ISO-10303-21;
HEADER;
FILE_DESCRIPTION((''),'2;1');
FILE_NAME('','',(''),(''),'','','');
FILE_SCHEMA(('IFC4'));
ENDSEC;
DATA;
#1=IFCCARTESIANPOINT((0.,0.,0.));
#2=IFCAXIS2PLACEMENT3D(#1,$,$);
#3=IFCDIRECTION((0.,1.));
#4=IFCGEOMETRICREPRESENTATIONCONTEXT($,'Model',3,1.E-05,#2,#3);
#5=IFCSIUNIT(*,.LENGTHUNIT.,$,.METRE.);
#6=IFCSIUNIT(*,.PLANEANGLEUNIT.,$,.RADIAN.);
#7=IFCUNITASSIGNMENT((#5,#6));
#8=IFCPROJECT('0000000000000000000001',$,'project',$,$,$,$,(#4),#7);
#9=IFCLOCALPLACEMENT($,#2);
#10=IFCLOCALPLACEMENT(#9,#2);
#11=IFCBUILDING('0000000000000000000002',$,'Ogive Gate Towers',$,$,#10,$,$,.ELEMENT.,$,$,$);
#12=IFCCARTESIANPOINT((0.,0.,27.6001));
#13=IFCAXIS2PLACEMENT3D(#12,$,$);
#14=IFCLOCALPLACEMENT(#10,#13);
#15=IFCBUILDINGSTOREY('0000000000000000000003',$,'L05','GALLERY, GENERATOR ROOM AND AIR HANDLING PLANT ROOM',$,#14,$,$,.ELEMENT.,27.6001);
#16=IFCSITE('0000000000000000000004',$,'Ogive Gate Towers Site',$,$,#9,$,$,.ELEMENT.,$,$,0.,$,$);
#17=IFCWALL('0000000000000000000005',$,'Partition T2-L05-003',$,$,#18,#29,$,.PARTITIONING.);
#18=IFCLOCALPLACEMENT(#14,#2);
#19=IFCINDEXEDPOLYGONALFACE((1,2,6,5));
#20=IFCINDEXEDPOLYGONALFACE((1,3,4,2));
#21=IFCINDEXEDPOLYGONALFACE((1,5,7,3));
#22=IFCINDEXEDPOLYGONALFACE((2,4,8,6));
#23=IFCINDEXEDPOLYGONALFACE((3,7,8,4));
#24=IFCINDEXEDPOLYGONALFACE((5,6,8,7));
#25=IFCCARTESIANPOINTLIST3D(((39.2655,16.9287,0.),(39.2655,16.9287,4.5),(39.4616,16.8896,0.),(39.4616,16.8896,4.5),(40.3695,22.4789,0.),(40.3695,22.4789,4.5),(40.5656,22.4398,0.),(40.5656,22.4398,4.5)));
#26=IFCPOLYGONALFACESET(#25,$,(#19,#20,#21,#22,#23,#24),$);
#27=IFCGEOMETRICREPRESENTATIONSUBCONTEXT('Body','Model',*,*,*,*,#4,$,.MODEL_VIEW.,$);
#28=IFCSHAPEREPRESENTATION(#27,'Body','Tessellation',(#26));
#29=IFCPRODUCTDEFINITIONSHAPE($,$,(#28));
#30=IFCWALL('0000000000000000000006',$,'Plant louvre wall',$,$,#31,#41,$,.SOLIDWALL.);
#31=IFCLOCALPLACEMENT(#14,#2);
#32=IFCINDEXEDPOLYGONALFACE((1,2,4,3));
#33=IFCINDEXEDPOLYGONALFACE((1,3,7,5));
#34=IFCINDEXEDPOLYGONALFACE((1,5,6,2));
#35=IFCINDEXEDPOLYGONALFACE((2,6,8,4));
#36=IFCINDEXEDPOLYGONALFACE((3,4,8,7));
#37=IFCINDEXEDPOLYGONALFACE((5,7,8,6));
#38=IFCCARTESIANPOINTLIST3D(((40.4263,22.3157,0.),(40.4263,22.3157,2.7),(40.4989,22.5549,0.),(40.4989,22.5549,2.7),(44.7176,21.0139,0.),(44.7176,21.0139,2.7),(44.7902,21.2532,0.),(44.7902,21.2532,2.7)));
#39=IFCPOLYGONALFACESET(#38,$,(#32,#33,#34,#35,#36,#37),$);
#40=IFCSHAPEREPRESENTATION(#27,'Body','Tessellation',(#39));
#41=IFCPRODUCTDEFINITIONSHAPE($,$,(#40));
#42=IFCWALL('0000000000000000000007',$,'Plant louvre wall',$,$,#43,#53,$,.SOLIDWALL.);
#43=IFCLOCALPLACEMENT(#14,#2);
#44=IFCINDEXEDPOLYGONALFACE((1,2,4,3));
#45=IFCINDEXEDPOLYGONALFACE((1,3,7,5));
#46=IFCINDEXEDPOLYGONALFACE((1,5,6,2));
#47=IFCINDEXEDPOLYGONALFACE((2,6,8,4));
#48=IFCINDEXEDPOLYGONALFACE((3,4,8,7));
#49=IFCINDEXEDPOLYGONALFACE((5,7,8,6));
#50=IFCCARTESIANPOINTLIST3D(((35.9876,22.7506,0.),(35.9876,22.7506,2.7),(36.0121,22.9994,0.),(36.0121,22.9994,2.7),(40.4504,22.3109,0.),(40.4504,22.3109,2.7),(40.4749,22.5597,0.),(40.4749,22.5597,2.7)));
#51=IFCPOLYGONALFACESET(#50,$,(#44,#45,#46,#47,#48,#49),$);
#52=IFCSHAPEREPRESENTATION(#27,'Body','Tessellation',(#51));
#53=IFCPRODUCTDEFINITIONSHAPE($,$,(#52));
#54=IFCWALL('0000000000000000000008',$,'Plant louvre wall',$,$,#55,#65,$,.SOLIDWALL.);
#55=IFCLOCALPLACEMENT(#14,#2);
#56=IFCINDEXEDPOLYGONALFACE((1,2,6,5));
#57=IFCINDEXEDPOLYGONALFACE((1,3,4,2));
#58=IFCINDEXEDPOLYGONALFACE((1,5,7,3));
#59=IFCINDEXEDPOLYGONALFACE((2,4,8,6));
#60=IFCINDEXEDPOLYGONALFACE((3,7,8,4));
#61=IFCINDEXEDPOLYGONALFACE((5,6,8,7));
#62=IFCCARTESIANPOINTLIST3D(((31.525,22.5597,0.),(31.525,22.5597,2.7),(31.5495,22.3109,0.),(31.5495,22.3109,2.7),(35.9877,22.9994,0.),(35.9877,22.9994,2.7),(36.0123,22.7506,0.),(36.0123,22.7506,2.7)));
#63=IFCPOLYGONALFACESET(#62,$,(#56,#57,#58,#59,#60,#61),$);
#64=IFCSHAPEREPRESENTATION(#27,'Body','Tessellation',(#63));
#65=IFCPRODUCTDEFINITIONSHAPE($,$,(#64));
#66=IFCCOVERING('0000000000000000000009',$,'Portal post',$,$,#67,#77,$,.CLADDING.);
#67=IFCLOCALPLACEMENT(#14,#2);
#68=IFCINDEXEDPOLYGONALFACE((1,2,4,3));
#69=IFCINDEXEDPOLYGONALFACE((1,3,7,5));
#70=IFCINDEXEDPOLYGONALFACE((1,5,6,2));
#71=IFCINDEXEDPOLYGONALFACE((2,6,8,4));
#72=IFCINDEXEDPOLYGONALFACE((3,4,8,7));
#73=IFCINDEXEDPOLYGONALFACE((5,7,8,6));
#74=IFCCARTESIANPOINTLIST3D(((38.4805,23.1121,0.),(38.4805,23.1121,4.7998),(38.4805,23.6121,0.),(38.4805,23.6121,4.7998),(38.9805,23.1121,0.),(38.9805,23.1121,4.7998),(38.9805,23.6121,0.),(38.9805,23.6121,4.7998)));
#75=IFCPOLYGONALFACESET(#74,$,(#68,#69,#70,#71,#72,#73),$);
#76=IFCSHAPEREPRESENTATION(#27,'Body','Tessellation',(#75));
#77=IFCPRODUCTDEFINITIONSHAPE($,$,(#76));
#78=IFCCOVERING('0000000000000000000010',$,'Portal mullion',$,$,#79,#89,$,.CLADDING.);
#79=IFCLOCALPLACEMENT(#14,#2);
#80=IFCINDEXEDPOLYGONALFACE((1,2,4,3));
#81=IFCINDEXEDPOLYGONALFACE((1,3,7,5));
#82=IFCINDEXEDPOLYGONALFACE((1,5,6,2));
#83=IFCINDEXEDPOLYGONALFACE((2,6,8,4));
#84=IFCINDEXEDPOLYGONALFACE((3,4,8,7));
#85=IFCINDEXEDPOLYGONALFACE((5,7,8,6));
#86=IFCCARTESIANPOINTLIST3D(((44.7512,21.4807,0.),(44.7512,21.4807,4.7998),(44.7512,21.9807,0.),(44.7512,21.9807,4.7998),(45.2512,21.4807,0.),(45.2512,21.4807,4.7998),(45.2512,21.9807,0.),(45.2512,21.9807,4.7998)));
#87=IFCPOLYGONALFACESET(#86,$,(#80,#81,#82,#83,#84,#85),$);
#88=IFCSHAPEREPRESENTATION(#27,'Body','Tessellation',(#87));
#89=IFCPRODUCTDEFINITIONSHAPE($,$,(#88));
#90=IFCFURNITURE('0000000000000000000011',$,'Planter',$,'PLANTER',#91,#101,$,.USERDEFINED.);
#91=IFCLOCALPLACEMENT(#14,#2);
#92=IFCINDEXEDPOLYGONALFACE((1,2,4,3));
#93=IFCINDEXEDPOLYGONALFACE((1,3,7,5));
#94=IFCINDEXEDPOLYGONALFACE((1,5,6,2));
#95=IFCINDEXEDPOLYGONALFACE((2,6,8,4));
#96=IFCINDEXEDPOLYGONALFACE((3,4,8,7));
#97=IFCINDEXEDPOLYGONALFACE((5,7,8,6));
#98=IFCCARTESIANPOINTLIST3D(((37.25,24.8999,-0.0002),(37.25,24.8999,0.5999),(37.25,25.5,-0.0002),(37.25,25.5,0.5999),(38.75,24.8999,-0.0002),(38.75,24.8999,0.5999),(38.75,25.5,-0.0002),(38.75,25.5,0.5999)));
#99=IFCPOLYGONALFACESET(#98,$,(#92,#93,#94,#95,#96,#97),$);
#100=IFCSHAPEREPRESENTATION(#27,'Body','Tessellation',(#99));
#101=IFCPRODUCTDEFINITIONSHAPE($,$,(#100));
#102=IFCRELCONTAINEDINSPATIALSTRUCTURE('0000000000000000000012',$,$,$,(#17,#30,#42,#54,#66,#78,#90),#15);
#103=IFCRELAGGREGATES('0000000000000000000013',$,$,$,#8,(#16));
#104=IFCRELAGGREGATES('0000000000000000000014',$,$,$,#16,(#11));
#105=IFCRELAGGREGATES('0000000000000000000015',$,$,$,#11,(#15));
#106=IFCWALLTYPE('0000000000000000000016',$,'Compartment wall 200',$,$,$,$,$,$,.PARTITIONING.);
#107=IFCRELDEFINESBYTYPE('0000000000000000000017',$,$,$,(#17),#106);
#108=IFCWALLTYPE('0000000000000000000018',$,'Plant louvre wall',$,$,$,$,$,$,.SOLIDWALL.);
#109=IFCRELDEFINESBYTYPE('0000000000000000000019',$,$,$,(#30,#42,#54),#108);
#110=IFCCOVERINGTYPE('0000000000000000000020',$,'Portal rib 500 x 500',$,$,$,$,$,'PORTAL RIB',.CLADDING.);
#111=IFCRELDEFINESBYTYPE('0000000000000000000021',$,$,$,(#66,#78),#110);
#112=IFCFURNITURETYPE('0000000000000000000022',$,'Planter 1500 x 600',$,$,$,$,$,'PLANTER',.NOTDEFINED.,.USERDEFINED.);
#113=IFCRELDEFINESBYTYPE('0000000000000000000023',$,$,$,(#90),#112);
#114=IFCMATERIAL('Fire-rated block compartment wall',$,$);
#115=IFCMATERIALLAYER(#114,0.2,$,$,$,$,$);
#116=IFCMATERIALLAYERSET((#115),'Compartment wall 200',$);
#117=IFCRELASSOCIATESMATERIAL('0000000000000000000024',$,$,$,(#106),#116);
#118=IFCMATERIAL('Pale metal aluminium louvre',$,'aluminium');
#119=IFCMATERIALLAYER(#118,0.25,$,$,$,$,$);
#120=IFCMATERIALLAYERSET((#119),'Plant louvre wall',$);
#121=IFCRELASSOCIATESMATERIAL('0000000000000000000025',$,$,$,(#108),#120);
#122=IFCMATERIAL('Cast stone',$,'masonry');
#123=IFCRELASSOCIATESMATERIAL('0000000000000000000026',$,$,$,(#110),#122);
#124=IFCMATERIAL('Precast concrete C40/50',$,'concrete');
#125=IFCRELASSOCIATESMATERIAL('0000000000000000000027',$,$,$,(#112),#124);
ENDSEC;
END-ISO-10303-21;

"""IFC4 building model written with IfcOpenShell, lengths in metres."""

from ifc_helpers import new_model, si_unit, direction, frame, frame_2d, origin, origin_2d, place, context, subcontext, project, spatial, rectangle, extrude, material, layer, layer_set, material_profile, profile_set, type_object, element, save


model = new_model("IFC4")

# Units and contexts
model_context = context("Model", 3, precision=1e-05, world=origin(), true_north=direction((0.0, 1.0)))
body_context = subcontext(model_context, "Body", "Model", "MODEL_VIEW")
ifc_project = project(units=[si_unit("LENGTHUNIT", "METRE"), si_unit("PLANEANGLEUNIT", "RADIAN")], contexts=[model_context])

# Site, building, storey
site_placement = place(None, origin())
site = spatial("IfcSite", under=ifc_project, at=site_placement, Name="Ogive Gate Towers Site", CompositionType="ELEMENT", RefElevation=0.0)
building_placement = place(site_placement, origin())
building = spatial("IfcBuilding", under=site, at=building_placement, Name="Ogive Gate Towers", CompositionType="ELEMENT")
storey_placement = place(building_placement, frame((0.0, 0.0, 27.6001)))
storey = spatial("IfcBuildingStorey", under=building, at=storey_placement, Name="L05", Description="GALLERY, GENERATOR ROOM AND AIR HANDLING PLANT ROOM", CompositionType="ELEMENT", Elevation=27.6001)

# Walls
ifc_material_1 = material(Name="Fire-rated block compartment wall")
ifc_layer_1 = layer(ifc_material_1, 0.2)
ifc_layer_set_1 = layer_set([ifc_layer_1], Name="Compartment wall 200")
wall_type_1 = type_object("IfcWallType", Name="Compartment wall 200", PredefinedType="PARTITIONING", material=ifc_layer_set_1)
wall_placement = place(storey_placement, frame((40.4675, 22.4595, 0.0), z_axis=(0.0, 0.0, 1.0), x_axis=(-0.195087, -0.980786, 0.0)))
element("IfcWall", 1, at=wall_placement, inside=storey, type_object=wall_type_1, Name="Partition T2-L05-003", PredefinedType="PARTITIONING", context=body_context, shape_type="SweptSolid", body=[
    extrude(rectangle(XDim=5.6589, YDim=0.2, at=frame_2d((2.8296, 0.0))), origin(), (0.0, 0.0, 1.0), 4.5),
])
ifc_material_2 = material(Name="Pale metal aluminium louvre", Category="aluminium")
ifc_layer_2 = layer(ifc_material_2, 0.25)
ifc_layer_set_2 = layer_set([ifc_layer_2], Name="Plant louvre wall")
wall_type_2 = type_object("IfcWallType", Name="Plant louvre wall", PredefinedType="SOLIDWALL", material=ifc_layer_set_2)
for number, where, z_axis, x_axis, name in (
    (2, (44.7539, 21.1335, 0.0), (0.0, 0.0, 1.0), (-0.956939, 0.290288, 0.0), "Plant louvre wall"),
    (3, (40.4626, 22.4353, 0.0), (0.0, 0.0, 1.0), (-0.995181, 0.098054, 0.0), "Plant louvre wall"),
    (4, (36.0, 22.875, 0.0), (0.0, 0.0, 1.0), (-0.995181, -0.098054, 0.0), "Plant louvre wall"),
):
    element("IfcWall", number, at=place(storey_placement, frame(where, z_axis=z_axis, x_axis=x_axis)), inside=storey, type_object=wall_type_2, Name=name, PredefinedType="SOLIDWALL", context=body_context, shape_type="SweptSolid", body=[
        extrude(rectangle(XDim=4.4844, YDim=0.25, at=frame_2d((2.2422, 0.0))), origin(), (0.0, 0.0, 1.0), 2.7),
    ])

# Coverings
ifc_material_3 = material(Name="Cast stone", Category="masonry")
ifc_material_profile_1 = material_profile(ifc_material_3, rectangle(XDim=0.5, YDim=0.5, at=origin_2d()), Name="500 x 500 cast stone")
ifc_profile_set_1 = profile_set([ifc_material_profile_1], Name="Cast stone")
covering_type = type_object("IfcCoveringType", Name="Portal rib 500 x 500", ElementType="PORTAL RIB", PredefinedType="CLADDING", material=ifc_profile_set_1)
for number, where, z_axis, x_axis, name in (
    (5, (38.7305, 23.3621, 0.0), (0.0, 0.0, 1.0), (1.0, 0.0, 0.0), "Portal post"),
    (6, (45.0012, 21.7307, 0.0), (0.0, 0.0, 1.0), (1.0, 0.0, 0.0), "Portal mullion"),
):
    element("IfcCovering", number, at=place(storey_placement, frame(where, z_axis=z_axis, x_axis=x_axis)), inside=storey, type_object=covering_type, Name=name, PredefinedType="CLADDING", context=body_context, shape_type="SweptSolid", body=[
        extrude(rectangle(XDim=0.5, YDim=0.5, at=origin_2d()), origin(), (0.0, 0.0, 1.0), 4.7998),
    ])

# Furniture
ifc_material_4 = material(Name="Precast concrete C40/50", Category="concrete")
furniture_type = type_object("IfcFurnitureType", Name="Planter 1500 x 600", ElementType="PLANTER", AssemblyPlace="NOTDEFINED", PredefinedType="USERDEFINED", material=ifc_material_4)
furniture_placement = place(storey_placement, frame((38.0, 25.2, -0.0002), z_axis=(0.0, 0.0, 1.0), x_axis=(-1.0, 0.0, 0.0)))
element("IfcFurniture", 7, at=furniture_placement, inside=storey, type_object=furniture_type, Name="Planter", ObjectType="PLANTER", PredefinedType="USERDEFINED", context=body_context, shape_type="SweptSolid", body=[
    extrude(rectangle(XDim=1.5, YDim=0.6001, at=origin_2d()), origin(), (0.0, 0.0, 1.0), 0.6001),
])

save(model, "model.ifc")
